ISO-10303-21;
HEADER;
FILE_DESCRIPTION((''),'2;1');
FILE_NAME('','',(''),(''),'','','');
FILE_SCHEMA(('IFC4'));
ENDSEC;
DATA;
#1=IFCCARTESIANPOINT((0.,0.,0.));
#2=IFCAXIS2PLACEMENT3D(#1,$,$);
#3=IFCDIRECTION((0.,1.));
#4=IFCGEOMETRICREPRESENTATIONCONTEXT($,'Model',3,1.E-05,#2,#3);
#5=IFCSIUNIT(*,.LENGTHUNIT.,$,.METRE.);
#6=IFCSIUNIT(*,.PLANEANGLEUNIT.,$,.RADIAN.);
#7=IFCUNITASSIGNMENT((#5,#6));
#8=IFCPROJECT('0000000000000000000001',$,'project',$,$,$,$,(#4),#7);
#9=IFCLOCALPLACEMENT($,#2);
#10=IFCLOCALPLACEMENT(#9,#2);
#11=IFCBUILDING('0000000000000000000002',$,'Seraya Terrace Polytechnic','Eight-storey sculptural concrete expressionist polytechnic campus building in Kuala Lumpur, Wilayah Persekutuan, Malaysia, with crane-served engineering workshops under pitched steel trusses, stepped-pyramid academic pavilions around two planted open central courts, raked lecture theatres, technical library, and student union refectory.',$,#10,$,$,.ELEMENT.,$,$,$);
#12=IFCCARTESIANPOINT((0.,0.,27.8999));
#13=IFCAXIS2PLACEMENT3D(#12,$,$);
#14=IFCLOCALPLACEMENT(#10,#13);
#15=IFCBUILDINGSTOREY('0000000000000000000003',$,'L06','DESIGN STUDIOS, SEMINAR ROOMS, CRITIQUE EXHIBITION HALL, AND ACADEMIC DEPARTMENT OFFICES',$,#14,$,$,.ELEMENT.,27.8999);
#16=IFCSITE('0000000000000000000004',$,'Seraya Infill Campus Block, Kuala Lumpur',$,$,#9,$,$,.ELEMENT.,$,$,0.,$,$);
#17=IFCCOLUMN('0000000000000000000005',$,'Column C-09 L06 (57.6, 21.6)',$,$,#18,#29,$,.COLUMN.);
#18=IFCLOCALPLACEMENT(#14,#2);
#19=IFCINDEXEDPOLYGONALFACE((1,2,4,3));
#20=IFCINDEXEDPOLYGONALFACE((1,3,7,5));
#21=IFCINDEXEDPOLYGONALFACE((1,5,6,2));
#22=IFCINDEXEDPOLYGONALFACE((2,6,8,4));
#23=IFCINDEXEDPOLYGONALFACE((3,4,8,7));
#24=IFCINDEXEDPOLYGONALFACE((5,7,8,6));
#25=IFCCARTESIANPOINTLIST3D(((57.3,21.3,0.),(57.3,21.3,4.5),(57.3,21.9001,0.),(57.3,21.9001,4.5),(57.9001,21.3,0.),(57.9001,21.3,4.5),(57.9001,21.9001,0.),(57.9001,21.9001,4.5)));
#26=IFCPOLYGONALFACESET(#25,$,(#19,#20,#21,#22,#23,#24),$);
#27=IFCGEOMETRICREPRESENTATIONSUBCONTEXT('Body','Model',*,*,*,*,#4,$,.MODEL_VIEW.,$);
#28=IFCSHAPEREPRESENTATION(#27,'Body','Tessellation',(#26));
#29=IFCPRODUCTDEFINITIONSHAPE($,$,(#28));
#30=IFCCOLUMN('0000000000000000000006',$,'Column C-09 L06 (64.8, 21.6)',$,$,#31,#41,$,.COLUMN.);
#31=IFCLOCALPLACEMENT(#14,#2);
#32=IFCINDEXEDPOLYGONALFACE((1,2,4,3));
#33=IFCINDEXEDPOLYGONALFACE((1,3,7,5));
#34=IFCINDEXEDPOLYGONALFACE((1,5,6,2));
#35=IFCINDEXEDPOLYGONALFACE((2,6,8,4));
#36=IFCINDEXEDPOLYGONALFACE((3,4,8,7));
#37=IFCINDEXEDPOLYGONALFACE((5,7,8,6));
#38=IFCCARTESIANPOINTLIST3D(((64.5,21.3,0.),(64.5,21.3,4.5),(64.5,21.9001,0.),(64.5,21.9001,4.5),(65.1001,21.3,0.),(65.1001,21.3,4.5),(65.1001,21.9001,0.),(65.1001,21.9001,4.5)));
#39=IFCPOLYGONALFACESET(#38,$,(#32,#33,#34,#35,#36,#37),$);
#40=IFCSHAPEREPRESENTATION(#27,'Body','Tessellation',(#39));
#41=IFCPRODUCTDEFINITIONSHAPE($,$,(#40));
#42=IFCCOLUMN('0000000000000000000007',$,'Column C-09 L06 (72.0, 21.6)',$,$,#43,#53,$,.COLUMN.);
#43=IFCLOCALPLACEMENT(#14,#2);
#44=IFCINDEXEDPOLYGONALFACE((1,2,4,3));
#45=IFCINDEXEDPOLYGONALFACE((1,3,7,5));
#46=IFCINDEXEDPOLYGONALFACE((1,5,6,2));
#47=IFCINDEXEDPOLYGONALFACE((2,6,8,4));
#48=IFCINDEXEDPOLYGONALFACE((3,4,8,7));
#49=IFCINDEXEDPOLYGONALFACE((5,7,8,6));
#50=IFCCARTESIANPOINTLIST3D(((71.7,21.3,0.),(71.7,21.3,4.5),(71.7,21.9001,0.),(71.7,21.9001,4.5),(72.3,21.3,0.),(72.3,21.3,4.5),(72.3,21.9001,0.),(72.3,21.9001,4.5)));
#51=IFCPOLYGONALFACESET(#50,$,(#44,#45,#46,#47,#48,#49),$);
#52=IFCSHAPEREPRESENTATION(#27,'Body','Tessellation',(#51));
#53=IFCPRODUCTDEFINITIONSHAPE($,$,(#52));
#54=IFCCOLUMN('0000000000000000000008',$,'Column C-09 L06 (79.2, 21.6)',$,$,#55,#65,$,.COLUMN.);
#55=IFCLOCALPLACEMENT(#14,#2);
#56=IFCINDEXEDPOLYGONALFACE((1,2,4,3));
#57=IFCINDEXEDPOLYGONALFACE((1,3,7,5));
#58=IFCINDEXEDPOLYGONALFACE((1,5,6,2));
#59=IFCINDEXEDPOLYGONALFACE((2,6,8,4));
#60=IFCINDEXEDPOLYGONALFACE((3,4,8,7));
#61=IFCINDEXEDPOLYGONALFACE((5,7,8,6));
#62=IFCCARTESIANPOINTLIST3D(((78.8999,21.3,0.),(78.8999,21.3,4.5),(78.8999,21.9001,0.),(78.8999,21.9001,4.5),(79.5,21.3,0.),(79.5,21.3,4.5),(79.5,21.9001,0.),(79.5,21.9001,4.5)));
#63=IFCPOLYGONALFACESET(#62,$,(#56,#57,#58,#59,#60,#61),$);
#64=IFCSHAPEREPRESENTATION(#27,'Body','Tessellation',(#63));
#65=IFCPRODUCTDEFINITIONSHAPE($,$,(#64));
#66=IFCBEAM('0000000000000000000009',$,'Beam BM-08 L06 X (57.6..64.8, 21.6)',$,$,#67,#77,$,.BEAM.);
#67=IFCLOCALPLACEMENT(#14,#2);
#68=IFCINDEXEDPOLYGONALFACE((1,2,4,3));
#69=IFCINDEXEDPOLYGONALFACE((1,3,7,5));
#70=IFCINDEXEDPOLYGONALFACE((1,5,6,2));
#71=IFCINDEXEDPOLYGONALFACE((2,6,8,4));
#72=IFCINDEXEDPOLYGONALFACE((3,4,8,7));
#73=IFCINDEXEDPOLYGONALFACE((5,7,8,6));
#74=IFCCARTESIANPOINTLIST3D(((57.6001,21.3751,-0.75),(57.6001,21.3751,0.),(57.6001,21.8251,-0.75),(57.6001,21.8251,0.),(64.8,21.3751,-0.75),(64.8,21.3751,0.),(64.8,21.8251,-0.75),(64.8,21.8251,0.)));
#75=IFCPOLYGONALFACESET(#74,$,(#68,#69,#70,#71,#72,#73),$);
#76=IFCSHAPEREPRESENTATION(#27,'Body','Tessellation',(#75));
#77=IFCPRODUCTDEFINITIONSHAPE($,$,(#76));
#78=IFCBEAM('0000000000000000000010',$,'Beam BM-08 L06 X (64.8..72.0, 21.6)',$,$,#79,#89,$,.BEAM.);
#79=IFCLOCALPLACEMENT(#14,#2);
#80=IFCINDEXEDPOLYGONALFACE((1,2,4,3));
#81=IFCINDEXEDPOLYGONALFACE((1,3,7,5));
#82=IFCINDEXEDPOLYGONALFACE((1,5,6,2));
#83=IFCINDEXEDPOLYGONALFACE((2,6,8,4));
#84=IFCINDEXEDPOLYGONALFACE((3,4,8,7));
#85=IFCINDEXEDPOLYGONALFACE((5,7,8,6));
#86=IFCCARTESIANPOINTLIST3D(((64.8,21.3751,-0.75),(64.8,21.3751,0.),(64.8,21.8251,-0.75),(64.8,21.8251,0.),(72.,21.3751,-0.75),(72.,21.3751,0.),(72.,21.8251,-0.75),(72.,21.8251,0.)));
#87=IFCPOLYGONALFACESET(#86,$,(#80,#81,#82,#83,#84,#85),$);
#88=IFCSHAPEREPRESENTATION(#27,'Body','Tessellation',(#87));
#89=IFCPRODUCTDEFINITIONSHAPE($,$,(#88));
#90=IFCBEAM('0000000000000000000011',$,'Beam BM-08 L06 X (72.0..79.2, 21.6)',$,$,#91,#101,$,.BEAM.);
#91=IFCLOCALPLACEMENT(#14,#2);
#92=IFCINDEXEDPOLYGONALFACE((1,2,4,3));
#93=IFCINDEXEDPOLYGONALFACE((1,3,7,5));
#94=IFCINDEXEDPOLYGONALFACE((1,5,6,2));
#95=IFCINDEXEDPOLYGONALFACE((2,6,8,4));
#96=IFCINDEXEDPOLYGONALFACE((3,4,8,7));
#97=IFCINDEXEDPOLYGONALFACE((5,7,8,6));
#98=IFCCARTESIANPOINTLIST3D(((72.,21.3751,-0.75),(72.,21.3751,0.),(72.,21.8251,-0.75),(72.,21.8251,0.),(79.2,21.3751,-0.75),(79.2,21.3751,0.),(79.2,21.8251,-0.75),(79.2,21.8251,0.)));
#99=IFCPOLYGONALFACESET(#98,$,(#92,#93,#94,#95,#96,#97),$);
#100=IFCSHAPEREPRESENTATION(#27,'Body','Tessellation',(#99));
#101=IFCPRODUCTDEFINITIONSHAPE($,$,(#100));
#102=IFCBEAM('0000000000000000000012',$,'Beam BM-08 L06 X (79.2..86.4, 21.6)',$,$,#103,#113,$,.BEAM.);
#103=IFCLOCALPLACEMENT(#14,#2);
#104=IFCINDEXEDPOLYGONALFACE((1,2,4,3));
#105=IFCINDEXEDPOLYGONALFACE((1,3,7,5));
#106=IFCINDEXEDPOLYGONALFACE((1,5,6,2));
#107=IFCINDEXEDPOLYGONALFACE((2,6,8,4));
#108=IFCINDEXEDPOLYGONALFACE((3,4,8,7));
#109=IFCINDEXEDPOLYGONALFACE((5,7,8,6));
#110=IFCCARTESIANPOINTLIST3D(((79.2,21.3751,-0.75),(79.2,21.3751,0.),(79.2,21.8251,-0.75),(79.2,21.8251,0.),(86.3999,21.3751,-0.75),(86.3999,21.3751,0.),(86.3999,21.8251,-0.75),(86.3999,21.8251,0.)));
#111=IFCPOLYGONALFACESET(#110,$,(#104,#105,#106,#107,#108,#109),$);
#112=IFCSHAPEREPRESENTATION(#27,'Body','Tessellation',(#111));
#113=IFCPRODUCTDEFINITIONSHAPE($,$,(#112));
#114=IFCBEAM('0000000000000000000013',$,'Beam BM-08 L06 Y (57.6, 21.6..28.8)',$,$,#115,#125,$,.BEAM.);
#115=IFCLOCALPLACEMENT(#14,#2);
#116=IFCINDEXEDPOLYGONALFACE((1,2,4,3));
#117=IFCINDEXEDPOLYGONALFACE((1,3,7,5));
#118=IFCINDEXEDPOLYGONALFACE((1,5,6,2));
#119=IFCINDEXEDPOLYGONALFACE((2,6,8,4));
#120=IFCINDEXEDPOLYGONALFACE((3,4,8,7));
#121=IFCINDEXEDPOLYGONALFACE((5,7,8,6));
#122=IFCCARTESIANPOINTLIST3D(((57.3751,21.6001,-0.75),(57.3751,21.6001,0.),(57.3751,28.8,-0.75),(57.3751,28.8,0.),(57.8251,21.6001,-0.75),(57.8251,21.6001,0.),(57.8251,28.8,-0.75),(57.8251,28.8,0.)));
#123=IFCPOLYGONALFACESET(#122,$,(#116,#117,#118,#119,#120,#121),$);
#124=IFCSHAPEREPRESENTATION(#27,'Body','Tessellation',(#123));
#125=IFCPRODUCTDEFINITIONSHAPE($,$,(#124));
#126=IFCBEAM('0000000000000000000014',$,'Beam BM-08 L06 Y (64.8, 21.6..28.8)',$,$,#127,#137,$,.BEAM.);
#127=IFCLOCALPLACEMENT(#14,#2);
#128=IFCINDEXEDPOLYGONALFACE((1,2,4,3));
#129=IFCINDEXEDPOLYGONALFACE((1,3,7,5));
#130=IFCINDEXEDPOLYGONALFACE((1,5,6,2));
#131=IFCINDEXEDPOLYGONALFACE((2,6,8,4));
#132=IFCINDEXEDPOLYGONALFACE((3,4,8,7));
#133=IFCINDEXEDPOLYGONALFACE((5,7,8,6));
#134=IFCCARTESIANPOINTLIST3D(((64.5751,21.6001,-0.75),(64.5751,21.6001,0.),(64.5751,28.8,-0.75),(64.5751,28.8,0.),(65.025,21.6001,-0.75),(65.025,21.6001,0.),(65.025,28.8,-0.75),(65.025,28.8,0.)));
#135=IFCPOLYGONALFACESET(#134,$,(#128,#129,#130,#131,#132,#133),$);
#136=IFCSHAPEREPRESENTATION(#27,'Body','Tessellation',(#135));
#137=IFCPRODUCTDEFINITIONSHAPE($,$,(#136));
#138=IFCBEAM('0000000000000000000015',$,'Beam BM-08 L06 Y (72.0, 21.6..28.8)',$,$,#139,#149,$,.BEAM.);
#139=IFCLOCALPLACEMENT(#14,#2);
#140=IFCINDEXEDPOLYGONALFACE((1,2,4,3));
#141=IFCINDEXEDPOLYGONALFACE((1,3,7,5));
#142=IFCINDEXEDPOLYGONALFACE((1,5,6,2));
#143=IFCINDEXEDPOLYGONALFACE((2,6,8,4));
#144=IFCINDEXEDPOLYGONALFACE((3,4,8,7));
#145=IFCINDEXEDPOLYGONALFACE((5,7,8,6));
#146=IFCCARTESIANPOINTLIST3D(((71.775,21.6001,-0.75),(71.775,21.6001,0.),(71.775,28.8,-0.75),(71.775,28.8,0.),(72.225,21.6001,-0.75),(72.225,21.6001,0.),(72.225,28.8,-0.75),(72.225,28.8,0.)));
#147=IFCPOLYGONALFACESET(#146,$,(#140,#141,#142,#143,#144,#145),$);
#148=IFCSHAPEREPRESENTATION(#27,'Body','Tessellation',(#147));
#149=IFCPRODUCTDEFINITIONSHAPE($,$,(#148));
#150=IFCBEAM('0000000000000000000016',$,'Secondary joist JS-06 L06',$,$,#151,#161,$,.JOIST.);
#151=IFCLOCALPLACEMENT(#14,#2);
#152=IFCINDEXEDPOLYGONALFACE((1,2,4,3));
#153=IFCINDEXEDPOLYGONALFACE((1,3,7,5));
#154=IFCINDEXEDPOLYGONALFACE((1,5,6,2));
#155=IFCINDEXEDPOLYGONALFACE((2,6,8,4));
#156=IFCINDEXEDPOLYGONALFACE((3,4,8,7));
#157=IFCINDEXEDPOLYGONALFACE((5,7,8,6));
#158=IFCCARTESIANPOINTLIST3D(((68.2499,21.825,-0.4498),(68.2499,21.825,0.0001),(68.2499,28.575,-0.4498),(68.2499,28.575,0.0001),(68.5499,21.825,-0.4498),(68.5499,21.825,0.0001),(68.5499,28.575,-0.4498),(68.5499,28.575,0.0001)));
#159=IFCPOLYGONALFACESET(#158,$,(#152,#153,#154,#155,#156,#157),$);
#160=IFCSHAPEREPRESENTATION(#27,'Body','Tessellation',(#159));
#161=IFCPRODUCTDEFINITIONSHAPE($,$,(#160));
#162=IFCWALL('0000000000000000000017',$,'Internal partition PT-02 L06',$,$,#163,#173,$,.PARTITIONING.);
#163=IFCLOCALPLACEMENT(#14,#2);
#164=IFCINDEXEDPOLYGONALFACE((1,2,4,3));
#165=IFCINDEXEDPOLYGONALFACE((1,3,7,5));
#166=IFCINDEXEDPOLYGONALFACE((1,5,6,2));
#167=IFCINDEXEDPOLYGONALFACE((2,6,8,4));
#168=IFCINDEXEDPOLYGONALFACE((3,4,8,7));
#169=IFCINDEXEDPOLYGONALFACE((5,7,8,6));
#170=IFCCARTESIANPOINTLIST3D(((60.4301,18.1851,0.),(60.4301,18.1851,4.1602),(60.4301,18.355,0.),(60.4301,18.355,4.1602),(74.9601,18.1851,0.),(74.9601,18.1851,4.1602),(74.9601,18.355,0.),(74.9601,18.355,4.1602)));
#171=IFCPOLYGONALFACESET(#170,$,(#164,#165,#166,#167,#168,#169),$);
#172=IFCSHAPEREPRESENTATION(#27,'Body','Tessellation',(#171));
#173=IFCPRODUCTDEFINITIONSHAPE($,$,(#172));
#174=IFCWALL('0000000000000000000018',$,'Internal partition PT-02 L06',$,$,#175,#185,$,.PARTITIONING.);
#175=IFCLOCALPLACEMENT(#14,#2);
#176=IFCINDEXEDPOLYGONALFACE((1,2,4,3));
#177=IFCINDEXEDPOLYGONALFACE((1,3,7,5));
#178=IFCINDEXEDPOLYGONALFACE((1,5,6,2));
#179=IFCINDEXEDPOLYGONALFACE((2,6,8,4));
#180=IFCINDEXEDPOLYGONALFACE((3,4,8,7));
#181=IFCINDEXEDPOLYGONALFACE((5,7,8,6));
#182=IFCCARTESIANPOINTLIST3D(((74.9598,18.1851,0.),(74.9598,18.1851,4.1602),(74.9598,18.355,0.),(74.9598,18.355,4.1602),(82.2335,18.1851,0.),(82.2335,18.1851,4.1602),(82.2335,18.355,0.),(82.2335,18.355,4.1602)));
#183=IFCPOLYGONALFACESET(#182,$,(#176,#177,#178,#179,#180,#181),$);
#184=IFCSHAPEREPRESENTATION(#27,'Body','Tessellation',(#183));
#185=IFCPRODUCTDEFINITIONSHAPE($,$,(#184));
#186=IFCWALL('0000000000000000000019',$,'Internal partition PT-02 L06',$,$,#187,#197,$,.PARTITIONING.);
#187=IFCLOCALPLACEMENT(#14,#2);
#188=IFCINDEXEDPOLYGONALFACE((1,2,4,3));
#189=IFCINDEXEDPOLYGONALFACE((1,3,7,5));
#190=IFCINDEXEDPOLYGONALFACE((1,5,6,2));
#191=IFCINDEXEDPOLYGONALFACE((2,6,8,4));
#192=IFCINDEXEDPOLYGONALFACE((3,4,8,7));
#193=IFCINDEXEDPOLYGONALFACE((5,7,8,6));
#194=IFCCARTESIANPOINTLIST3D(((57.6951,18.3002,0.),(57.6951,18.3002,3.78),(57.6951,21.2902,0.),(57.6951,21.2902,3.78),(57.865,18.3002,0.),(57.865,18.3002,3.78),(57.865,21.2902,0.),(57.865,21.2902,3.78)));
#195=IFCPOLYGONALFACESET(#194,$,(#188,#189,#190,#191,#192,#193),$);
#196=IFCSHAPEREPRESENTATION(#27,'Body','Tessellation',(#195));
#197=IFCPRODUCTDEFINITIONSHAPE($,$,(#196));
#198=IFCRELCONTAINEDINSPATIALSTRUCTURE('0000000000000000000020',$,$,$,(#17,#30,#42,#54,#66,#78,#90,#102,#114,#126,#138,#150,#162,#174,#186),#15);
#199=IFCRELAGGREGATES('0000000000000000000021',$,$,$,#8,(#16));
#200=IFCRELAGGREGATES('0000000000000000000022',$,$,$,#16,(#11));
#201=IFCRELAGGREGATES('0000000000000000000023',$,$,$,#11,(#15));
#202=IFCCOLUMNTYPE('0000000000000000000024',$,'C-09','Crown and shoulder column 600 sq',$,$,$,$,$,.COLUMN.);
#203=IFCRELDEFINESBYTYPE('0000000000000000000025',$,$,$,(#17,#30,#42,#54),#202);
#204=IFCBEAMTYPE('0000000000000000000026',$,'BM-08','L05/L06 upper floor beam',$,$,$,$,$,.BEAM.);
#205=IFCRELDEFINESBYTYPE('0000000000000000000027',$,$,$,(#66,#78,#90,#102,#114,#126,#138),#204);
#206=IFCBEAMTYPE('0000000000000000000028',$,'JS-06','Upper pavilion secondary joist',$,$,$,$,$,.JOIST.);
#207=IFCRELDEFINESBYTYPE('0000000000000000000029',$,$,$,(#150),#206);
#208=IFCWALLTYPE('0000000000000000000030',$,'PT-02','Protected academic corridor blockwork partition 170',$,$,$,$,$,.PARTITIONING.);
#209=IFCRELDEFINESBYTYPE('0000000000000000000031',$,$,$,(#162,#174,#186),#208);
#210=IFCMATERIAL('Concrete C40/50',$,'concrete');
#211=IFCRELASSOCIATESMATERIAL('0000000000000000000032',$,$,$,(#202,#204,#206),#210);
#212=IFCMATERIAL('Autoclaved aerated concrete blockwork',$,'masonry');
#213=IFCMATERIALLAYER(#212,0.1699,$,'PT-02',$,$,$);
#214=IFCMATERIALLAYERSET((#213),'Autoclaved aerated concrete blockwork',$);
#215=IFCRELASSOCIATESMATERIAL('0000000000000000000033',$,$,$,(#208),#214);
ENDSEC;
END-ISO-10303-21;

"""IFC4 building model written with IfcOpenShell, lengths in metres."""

from ifc_helpers import new_model, si_unit, direction, frame, frame_2d, origin, origin_2d, place, context, subcontext, project, spatial, rectangle, extrude, material, layer, layer_set, material_profile, profile_set, type_object, element, save


model = new_model("IFC4")

# Units and contexts
model_context = context("Model", 3, precision=1e-05, world=origin(), true_north=direction((0.0, 1.0)))
body_context = subcontext(model_context, "Body", "Model", "MODEL_VIEW")
ifc_project = project(units=[si_unit("LENGTHUNIT", "METRE"), si_unit("PLANEANGLEUNIT", "RADIAN")], contexts=[model_context])

# Site, building, storey
site_placement = place(None, origin())
site = spatial("IfcSite", under=ifc_project, at=site_placement, Name="Seraya Infill Campus Block, Kuala Lumpur", CompositionType="ELEMENT", RefElevation=0.0)
building_placement = place(site_placement, origin())
building = spatial("IfcBuilding", under=site, at=building_placement, Name="Seraya Terrace Polytechnic", Description="Eight-storey sculptural concrete expressionist polytechnic campus building in Kuala Lumpur, Wilayah Persekutuan, Malaysia, with crane-served engineering workshops under pitched steel trusses, stepped-pyramid academic pavilions around two planted open central courts, raked lecture theatres, technical library, and student union refectory.", CompositionType="ELEMENT")
storey_placement = place(building_placement, frame((0.0, 0.0, 27.8999)))
storey = spatial("IfcBuildingStorey", under=building, at=storey_placement, Name="L06", Description="DESIGN STUDIOS, SEMINAR ROOMS, CRITIQUE EXHIBITION HALL, AND ACADEMIC DEPARTMENT OFFICES", CompositionType="ELEMENT", Elevation=27.8999)

# Columns
ifc_material_1 = material(Name="Concrete C40/50", Category="concrete")
ifc_material_profile_1 = material_profile(ifc_material_1, rectangle(XDim=0.6001, YDim=0.6001, at=origin_2d()), Name="RC 600x600")
ifc_profile_set_1 = profile_set([ifc_material_profile_1], Name="Concrete C40/50")
column_type = type_object("IfcColumnType", Name="C-09", Description="Crown and shoulder column 600 sq", PredefinedType="COLUMN", material=ifc_profile_set_1)
for number, where, z_axis, x_axis, name in (
    (1, (57.6001, 21.6001, 0.0), (0.0, 0.0, 1.0), (1.0, 0.0, 0.0), "Column C-09 L06 (57.6, 21.6)"),
    (2, (64.8, 21.6001, 0.0), (0.0, 0.0, 1.0), (1.0, 0.0, 0.0), "Column C-09 L06 (64.8, 21.6)"),
    (3, (72.0, 21.6001, 0.0), (0.0, 0.0, 1.0), (1.0, 0.0, 0.0), "Column C-09 L06 (72.0, 21.6)"),
    (4, (79.2, 21.6001, 0.0), (0.0, 0.0, 1.0), (1.0, 0.0, 0.0), "Column C-09 L06 (79.2, 21.6)"),
):
    element("IfcColumn", number, at=place(storey_placement, frame(where, z_axis=z_axis, x_axis=x_axis)), inside=storey, type_object=column_type, Name=name, PredefinedType="COLUMN", context=body_context, shape_type="SweptSolid", body=[
        extrude(rectangle(XDim=0.6001, YDim=0.6001, at=origin_2d()), origin(), (0.0, 0.0, 1.0), 4.5),
    ])

# Beams
ifc_material_profile_2 = material_profile(ifc_material_1, rectangle(XDim=0.45, YDim=0.75, at=origin_2d()), Name="RC 450x750")
ifc_profile_set_2 = profile_set([ifc_material_profile_2], Name="Concrete C40/50")
beam_type_1 = type_object("IfcBeamType", Name="BM-08", Description="L05/L06 upper floor beam", PredefinedType="BEAM", material=ifc_profile_set_2)
for number, where, z_axis, x_axis, name in (
    (5, (57.6001, 21.6001, -0.375), (1.0, 0.0, 0.0), (0.0, 1.0, 0.0), "Beam BM-08 L06 X (57.6..64.8, 21.6)"),
    (6, (64.8, 21.6001, -0.375), (1.0, 0.0, 0.0), (0.0, 1.0, 0.0), "Beam BM-08 L06 X (64.8..72.0, 21.6)"),
    (7, (72.0, 21.6001, -0.375), (1.0, 0.0, 0.0), (0.0, 1.0, 0.0), "Beam BM-08 L06 X (72.0..79.2, 21.6)"),
    (8, (79.2, 21.6001, -0.375), (1.0, 0.0, 0.0), (0.0, 1.0, 0.0), "Beam BM-08 L06 X (79.2..86.4, 21.6)"),
    (9, (57.6001, 21.6001, -0.375), (0.0, 1.0, 0.0), (-1.0, 0.0, 0.0), "Beam BM-08 L06 Y (57.6, 21.6..28.8)"),
    (10, (64.8, 21.6001, -0.375), (0.0, 1.0, 0.0), (-1.0, 0.0, 0.0), "Beam BM-08 L06 Y (64.8, 21.6..28.8)"),
    (11, (72.0, 21.6001, -0.375), (0.0, 1.0, 0.0), (-1.0, 0.0, 0.0), "Beam BM-08 L06 Y (72.0, 21.6..28.8)"),
):
    element("IfcBeam", number, at=place(storey_placement, frame(where, z_axis=z_axis, x_axis=x_axis)), inside=storey, type_object=beam_type_1, Name=name, PredefinedType="BEAM", context=body_context, shape_type="SweptSolid", body=[
        extrude(rectangle(XDim=0.45, YDim=0.75, at=origin_2d()), origin(), (0.0, 0.0, 1.0), 7.2),
    ])
ifc_material_profile_3 = material_profile(ifc_material_1, rectangle(XDim=0.3, YDim=0.45, at=origin_2d()), Name="RC 300x450")
ifc_profile_set_3 = profile_set([ifc_material_profile_3], Name="Concrete C40/50")
beam_type_2 = type_object("IfcBeamType", Name="JS-06", Description="Upper pavilion secondary joist", PredefinedType="JOIST", material=ifc_profile_set_3)
beam_placement = place(storey_placement, frame((68.3999, 21.825, -0.2249), z_axis=(0.0, 1.0, 0.0), x_axis=(-1.0, 0.0, 0.0)))
element("IfcBeam", 12, at=beam_placement, inside=storey, type_object=beam_type_2, Name="Secondary joist JS-06 L06", PredefinedType="JOIST", context=body_context, shape_type="SweptSolid", body=[
    extrude(rectangle(XDim=0.3, YDim=0.45, at=origin_2d()), origin(), (0.0, 0.0, 1.0), 6.75),
])

# Walls
ifc_material_2 = material(Name="Autoclaved aerated concrete blockwork", Category="masonry")
ifc_layer_1 = layer(ifc_material_2, 0.1699, Name="PT-02")
ifc_layer_set_1 = layer_set([ifc_layer_1], Name="Autoclaved aerated concrete blockwork")
wall_type_1 = type_object("IfcWallType", Name="PT-02", Description="Protected academic corridor blockwork partition 170", PredefinedType="PARTITIONING", material=ifc_layer_set_1)
wall_1_placement = place(storey_placement, frame((60.4299, 18.27, 0.0), z_axis=(0.0, 0.0, 1.0), x_axis=(1.0, 0.0, 0.0)))
element("IfcWall", 13, at=wall_1_placement, inside=storey, type_object=wall_type_1, Name="Internal partition PT-02 L06", PredefinedType="PARTITIONING", context=body_context, shape_type="SweptSolid", body=[
    extrude(rectangle(XDim=14.53, YDim=0.1699, at=frame_2d((7.2651, 0.0))), origin(), (0.0, 0.0, 1.0), 4.1602),
])
wall_2_placement = place(storey_placement, frame((74.96, 18.27, 0.0), z_axis=(0.0, 0.0, 1.0), x_axis=(1.0, 0.0, 0.0)))
element("IfcWall", 14, at=wall_2_placement, inside=storey, type_object=wall_type_1, Name="Internal partition PT-02 L06", PredefinedType="PARTITIONING", context=body_context, shape_type="SweptSolid", body=[
    extrude(rectangle(XDim=7.2737, YDim=0.1699, at=frame_2d((3.6367, 0.0))), origin(), (0.0, 0.0, 1.0), 4.1602),
])
wall_3_placement = place(storey_placement, frame((57.78, 18.3, 0.0), z_axis=(0.0, 0.0, 1.0), x_axis=(0.0, 1.0, 0.0)))
element("IfcWall", 15, at=wall_3_placement, inside=storey, type_object=wall_type_1, Name="Internal partition PT-02 L06", PredefinedType="PARTITIONING", context=body_context, shape_type="SweptSolid", body=[
    extrude(rectangle(XDim=2.99, YDim=0.1699, at=frame_2d((1.4951, 0.0))), origin(), (0.0, 0.0, 1.0), 3.78),
])

save(model, "model.ifc")
